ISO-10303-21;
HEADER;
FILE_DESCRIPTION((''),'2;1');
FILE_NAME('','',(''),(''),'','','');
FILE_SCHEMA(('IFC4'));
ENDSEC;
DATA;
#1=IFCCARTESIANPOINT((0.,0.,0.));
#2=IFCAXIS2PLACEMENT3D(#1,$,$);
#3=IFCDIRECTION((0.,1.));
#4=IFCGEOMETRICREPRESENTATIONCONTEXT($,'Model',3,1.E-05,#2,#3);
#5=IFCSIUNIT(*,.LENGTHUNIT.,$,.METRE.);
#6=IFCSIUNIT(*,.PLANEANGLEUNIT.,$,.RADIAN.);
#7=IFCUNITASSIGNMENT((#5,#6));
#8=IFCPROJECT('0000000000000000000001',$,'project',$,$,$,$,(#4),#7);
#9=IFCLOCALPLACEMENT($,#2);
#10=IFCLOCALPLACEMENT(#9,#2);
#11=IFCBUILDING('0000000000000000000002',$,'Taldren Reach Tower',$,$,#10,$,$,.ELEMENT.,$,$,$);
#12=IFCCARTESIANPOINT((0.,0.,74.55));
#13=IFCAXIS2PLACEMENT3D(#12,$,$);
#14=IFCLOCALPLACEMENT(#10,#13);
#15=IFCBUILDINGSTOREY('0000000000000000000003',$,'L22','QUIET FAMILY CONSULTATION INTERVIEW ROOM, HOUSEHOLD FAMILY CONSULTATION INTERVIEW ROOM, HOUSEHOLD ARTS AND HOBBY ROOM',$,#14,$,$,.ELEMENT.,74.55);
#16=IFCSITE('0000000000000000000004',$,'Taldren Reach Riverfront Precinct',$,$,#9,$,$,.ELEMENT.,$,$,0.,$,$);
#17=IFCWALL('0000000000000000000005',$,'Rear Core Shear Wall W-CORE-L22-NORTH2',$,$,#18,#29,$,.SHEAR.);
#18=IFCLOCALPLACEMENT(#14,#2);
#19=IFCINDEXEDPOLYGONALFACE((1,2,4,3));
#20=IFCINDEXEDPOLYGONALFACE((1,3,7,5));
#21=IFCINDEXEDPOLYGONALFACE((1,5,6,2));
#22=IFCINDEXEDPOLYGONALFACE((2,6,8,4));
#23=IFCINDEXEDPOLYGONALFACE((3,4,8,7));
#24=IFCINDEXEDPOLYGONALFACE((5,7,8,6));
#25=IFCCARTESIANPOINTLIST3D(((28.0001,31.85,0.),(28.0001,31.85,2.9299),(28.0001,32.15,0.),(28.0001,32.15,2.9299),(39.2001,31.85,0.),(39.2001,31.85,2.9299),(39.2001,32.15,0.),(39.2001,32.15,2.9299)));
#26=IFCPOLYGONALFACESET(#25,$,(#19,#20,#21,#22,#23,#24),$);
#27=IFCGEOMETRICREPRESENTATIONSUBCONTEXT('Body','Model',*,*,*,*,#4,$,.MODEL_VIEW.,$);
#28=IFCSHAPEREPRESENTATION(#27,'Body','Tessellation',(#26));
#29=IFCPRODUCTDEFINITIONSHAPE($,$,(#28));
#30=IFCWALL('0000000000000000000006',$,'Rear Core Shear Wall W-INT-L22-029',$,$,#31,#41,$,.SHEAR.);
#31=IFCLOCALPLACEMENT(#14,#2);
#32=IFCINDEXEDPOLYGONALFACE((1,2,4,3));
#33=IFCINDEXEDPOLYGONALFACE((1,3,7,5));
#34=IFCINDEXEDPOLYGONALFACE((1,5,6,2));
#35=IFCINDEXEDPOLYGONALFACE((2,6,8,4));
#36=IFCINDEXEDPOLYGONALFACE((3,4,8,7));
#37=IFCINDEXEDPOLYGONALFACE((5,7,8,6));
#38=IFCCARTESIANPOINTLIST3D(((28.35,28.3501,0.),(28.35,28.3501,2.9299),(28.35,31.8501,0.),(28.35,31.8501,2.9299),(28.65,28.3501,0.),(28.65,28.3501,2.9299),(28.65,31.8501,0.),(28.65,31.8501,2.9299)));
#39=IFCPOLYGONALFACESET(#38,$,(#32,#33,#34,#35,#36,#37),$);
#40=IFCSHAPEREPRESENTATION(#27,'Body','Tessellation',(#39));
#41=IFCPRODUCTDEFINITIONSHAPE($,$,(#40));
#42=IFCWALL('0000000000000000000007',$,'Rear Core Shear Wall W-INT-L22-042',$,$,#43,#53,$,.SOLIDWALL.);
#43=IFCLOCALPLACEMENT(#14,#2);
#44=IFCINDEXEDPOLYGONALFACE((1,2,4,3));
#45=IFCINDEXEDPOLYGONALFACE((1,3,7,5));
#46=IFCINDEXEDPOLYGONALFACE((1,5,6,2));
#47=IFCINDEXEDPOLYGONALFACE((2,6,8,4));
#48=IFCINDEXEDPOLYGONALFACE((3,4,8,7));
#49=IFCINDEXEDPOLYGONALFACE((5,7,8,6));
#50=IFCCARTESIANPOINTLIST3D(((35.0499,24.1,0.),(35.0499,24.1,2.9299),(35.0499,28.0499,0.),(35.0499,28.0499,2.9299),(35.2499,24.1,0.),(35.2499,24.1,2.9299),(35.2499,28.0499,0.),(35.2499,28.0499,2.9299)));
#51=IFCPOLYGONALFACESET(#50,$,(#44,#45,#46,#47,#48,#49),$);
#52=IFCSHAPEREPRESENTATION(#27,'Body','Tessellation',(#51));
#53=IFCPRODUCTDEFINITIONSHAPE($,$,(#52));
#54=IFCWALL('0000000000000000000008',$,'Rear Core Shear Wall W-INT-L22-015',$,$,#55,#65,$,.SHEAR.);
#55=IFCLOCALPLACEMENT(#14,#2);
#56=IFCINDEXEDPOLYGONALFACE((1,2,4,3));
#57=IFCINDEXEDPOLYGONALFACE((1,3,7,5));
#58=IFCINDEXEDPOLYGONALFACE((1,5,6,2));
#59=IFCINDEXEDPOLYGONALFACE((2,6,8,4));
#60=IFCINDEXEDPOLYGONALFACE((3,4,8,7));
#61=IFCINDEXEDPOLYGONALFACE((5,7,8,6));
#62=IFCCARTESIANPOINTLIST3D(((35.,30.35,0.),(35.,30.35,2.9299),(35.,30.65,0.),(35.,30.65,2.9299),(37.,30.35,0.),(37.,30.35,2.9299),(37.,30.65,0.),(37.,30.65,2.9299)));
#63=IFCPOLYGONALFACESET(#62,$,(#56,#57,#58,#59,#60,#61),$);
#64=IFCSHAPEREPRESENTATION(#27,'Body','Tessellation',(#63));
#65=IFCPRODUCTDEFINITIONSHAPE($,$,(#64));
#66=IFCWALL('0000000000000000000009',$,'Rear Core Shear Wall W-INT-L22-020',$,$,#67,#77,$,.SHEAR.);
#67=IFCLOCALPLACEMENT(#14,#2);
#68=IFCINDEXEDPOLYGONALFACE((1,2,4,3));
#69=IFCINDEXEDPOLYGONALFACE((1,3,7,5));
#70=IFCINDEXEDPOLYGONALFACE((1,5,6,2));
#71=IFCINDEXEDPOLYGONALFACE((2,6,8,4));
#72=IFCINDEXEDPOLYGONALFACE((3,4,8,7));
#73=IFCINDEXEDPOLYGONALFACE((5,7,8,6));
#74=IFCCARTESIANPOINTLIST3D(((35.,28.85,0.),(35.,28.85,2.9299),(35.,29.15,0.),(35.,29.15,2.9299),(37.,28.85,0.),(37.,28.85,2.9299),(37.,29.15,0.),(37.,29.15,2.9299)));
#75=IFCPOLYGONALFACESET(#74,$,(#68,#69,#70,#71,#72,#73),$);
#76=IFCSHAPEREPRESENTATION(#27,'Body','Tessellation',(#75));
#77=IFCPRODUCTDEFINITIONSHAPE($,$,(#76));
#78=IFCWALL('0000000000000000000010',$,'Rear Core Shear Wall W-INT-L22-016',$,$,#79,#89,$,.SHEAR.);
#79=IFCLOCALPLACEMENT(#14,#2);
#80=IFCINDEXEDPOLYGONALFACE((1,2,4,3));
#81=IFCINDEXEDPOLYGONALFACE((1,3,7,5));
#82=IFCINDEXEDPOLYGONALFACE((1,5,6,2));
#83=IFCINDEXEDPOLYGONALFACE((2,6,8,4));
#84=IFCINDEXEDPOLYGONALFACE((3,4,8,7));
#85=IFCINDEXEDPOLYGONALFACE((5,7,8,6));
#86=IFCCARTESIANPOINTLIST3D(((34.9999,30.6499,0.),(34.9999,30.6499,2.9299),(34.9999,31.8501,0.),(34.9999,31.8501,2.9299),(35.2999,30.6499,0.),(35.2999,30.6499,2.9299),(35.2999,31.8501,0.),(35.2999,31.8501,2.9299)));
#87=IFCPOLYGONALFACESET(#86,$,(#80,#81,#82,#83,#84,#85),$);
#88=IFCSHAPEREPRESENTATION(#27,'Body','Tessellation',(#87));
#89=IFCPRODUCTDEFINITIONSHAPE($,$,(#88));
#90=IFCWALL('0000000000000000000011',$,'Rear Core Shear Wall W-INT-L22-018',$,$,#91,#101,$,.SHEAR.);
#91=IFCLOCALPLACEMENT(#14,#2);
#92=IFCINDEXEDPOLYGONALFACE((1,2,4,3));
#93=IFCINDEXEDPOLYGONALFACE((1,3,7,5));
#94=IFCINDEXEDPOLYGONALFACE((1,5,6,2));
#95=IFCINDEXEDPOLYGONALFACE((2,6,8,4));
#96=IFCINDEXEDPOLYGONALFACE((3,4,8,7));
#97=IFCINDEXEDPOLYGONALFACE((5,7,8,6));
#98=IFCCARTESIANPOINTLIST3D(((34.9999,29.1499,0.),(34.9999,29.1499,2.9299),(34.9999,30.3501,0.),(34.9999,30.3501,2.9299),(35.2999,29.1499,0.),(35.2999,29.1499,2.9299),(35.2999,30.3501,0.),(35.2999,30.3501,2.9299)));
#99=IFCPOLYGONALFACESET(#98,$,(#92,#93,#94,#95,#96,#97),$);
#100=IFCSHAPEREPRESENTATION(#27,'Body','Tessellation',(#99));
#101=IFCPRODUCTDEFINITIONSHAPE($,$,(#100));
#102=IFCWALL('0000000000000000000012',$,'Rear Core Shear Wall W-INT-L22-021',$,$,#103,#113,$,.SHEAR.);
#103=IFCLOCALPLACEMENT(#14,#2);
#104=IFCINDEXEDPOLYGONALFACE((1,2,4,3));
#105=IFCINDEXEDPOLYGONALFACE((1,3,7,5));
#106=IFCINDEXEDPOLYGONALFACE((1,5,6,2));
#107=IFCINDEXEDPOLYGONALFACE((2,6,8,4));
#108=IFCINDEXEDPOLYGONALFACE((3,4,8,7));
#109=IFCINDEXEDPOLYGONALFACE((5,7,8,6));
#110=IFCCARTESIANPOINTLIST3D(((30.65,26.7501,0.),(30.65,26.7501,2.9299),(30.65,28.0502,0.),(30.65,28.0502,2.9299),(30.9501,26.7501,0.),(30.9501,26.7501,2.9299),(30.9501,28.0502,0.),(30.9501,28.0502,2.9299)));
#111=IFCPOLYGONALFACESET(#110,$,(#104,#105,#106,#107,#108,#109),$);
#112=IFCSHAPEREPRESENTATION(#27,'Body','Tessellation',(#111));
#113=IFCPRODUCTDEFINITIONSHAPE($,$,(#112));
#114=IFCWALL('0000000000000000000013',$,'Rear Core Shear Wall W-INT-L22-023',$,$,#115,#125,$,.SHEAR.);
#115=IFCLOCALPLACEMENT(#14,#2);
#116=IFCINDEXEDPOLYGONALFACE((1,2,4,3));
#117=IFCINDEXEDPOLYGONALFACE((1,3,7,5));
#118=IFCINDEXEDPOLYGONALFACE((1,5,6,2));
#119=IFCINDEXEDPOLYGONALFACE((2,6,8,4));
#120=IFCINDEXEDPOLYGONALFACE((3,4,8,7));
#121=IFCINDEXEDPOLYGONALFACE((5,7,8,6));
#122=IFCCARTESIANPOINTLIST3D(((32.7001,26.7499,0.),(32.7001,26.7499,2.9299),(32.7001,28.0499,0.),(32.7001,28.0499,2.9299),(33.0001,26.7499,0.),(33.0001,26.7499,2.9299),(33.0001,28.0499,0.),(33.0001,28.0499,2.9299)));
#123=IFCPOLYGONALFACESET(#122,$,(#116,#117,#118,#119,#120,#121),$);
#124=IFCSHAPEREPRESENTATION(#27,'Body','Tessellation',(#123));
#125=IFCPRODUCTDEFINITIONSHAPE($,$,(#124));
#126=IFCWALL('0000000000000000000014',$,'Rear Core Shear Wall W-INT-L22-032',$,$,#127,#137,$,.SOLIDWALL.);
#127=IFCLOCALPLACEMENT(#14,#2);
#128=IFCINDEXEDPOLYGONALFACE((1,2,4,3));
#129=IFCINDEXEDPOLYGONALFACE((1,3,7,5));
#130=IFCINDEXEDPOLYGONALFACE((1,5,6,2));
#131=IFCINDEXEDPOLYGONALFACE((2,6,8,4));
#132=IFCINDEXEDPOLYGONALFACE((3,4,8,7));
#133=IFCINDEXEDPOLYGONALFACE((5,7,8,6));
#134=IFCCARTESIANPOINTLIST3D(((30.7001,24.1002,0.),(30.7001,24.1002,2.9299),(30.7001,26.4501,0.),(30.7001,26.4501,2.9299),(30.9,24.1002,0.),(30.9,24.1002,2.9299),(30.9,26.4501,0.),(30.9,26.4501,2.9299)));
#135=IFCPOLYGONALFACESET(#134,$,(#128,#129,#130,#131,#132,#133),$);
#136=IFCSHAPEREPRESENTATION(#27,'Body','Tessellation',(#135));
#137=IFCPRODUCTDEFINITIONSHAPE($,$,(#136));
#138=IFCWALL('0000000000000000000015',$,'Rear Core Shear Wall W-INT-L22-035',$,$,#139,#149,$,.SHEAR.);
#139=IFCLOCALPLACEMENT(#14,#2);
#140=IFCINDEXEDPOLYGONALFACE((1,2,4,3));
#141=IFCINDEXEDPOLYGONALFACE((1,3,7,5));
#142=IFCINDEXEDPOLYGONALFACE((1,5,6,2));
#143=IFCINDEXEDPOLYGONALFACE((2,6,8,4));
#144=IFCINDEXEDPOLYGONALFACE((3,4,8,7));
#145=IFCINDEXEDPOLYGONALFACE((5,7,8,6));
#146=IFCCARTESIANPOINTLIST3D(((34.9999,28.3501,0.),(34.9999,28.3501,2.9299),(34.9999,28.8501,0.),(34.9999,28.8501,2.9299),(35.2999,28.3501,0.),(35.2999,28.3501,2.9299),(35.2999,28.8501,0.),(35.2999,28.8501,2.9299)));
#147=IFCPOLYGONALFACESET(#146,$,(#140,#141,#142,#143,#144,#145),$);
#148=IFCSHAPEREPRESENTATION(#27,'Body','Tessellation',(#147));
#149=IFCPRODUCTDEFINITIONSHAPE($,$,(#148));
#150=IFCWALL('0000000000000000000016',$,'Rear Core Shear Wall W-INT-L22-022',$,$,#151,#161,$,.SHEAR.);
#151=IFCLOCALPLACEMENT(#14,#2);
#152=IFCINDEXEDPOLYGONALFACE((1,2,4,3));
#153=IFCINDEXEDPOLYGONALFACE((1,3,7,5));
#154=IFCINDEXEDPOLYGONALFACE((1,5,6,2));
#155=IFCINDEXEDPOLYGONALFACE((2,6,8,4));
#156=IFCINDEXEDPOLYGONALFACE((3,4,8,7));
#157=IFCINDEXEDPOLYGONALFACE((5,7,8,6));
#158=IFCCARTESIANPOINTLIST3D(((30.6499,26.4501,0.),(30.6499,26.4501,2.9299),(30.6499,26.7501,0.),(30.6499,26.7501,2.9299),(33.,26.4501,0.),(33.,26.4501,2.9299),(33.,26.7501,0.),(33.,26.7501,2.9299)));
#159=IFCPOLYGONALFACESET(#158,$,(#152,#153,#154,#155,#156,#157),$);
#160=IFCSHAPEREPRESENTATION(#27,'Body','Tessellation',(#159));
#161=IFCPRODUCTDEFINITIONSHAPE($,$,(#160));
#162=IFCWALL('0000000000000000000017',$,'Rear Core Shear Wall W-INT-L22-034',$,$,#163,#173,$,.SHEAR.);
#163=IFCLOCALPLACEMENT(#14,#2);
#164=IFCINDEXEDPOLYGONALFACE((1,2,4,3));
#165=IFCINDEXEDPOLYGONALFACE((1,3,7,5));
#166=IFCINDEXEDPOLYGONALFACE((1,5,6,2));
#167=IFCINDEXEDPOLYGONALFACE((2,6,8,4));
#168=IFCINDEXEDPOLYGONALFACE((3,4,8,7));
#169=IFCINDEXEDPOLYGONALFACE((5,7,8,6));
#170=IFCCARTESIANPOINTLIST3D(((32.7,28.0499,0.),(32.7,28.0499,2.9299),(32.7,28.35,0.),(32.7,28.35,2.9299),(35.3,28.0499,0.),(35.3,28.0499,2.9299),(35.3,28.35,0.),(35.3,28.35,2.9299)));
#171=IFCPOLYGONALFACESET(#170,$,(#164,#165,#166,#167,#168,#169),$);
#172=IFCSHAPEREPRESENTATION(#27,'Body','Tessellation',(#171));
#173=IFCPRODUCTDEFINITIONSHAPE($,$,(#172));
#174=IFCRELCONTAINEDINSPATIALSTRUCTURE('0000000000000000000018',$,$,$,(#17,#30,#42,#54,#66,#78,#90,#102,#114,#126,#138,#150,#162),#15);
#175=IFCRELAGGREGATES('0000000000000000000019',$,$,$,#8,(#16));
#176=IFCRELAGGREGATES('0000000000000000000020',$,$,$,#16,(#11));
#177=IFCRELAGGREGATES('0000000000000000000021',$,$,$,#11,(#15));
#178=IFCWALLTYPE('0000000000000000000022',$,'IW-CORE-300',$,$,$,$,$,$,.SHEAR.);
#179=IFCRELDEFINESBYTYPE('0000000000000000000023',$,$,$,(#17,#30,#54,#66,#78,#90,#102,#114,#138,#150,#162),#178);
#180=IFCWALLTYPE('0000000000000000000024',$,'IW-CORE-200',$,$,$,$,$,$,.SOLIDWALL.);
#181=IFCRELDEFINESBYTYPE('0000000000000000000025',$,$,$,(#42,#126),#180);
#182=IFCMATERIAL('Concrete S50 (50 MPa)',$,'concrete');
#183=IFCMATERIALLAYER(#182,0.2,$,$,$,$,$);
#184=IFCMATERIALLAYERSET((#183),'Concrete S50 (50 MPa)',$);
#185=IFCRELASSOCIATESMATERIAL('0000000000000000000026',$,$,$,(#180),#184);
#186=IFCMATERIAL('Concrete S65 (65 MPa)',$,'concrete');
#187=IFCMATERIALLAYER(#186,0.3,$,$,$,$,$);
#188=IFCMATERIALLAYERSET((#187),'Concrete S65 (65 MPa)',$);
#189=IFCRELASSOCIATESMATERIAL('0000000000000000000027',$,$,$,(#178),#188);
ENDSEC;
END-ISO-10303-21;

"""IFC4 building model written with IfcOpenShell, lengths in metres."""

from ifc_helpers import new_model, si_unit, direction, frame, frame_2d, origin, place, context, subcontext, project, spatial, rectangle, extrude, source, transform, mapped, material, layer, layer_set, type_object, element, save


model = new_model("IFC4")

# Units and contexts
model_context = context("Model", 3, precision=1e-05, world=origin(), true_north=direction((0.0, 1.0)))
body_context = subcontext(model_context, "Body", "Model", "MODEL_VIEW")
ifc_project = project(units=[si_unit("LENGTHUNIT", "METRE"), si_unit("PLANEANGLEUNIT", "RADIAN")], contexts=[model_context])

# Site, building, storey
site_placement = place(None, origin())
site = spatial("IfcSite", under=ifc_project, at=site_placement, Name="Taldren Reach Riverfront Precinct", CompositionType="ELEMENT", RefElevation=0.0)
building_placement = place(site_placement, origin())
building = spatial("IfcBuilding", under=site, at=building_placement, Name="Taldren Reach Tower", CompositionType="ELEMENT")
storey_placement = place(building_placement, frame((0.0, 0.0, 74.55)))
storey = spatial("IfcBuildingStorey", under=building, at=storey_placement, Name="L22", Description="QUIET FAMILY CONSULTATION INTERVIEW ROOM, HOUSEHOLD FAMILY CONSULTATION INTERVIEW ROOM, HOUSEHOLD ARTS AND HOBBY ROOM", CompositionType="ELEMENT", Elevation=74.55)

# Shared definitions
ifc_material_1 = material(Name="Concrete S50 (50 MPa)", Category="concrete")
ifc_layer_1 = layer(ifc_material_1, 0.2)
ifc_layer_set_1 = layer_set([ifc_layer_1], Name="Concrete S50 (50 MPa)")
wall_type_1 = type_object("IfcWallType", Name="IW-CORE-200", PredefinedType="SOLIDWALL", material=ifc_layer_set_1)

# Walls
ifc_material_2 = material(Name="Concrete S65 (65 MPa)", Category="concrete")
ifc_layer_2 = layer(ifc_material_2, 0.3)
ifc_layer_set_2 = layer_set([ifc_layer_2], Name="Concrete S65 (65 MPa)")
wall_type_2 = type_object("IfcWallType", Name="IW-CORE-300", PredefinedType="SHEAR", material=ifc_layer_set_2)
shared_shape_1 = source(origin(), body_context, "Body", "SweptSolid", [
    extrude(rectangle(XDim=11.2, YDim=0.3, at=frame_2d((5.6001, 0.0))), origin(), (0.0, 0.0, 1.0), 2.9299),
])
wall_1_placement = place(storey_placement, frame((28.0, 32.0, 0.0), z_axis=(0.0, 0.0, 1.0), x_axis=(1.0, 0.0, 0.0)))
element("IfcWall", 1, at=wall_1_placement, inside=storey, type_object=wall_type_2, Name="Rear Core Shear Wall W-CORE-L22-NORTH2", PredefinedType="SHEAR", context=body_context, shape_type="MappedRepresentation", body=[
    mapped(shared_shape_1, transform((0.0, 0.0, 0.0), scale=1.0)),
])
shared_shape_2 = source(origin(), body_context, "Body", "SweptSolid", [
    extrude(rectangle(XDim=3.5, YDim=0.3, at=frame_2d((1.75, 0.0))), origin(), (0.0, 0.0, 1.0), 2.9299),
])
wall_2_placement = place(storey_placement, frame((28.5, 28.3501, 0.0), z_axis=(0.0, 0.0, 1.0), x_axis=(0.0, 1.0, 0.0)))
element("IfcWall", 2, at=wall_2_placement, inside=storey, type_object=wall_type_2, Name="Rear Core Shear Wall W-INT-L22-029", PredefinedType="SHEAR", context=body_context, shape_type="MappedRepresentation", body=[
    mapped(shared_shape_2, transform((0.0, 0.0, 0.0), scale=1.0)),
])
shared_shape_3 = source(origin(), body_context, "Body", "SweptSolid", [
    extrude(rectangle(XDim=3.95, YDim=0.2, at=frame_2d((1.9751, 0.0))), origin(), (0.0, 0.0, 1.0), 2.9299),
])
wall_3_placement = place(storey_placement, frame((35.1499, 28.05, 0.0), z_axis=(0.0, 0.0, 1.0), x_axis=(0.0, -1.0, 0.0)))
element("IfcWall", 3, at=wall_3_placement, inside=storey, type_object=wall_type_1, Name="Rear Core Shear Wall W-INT-L22-042", PredefinedType="SOLIDWALL", context=body_context, shape_type="MappedRepresentation", body=[
    mapped(shared_shape_3, transform((0.0, 0.0, 0.0), scale=1.0)),
])
shared_shape_4 = source(origin(), body_context, "Body", "SweptSolid", [
    extrude(rectangle(XDim=2.0, YDim=0.3, at=frame_2d((1.0, 0.0))), origin(), (0.0, 0.0, 1.0), 2.9299),
])
for number, where, z_axis, x_axis, name in (
    (4, (35.0, 30.5, 0.0), (0.0, 0.0, 1.0), (1.0, 0.0, 0.0), "Rear Core Shear Wall W-INT-L22-015"),
    (5, (35.0, 29.0, 0.0), (0.0, 0.0, 1.0), (1.0, 0.0, 0.0), "Rear Core Shear Wall W-INT-L22-020"),
):
    element("IfcWall", number, at=place(storey_placement, frame(where, z_axis=z_axis, x_axis=x_axis)), inside=storey, type_object=wall_type_2, Name=name, PredefinedType="SHEAR", context=body_context, shape_type="MappedRepresentation", body=[
        mapped(shared_shape_4, transform((0.0, 0.0, 0.0), scale=1.0)),
    ])
shared_shape_5 = source(origin(), body_context, "Body", "SweptSolid", [
    extrude(rectangle(XDim=1.2002, YDim=0.3, at=frame_2d((0.6001, 0.0))), origin(), (0.0, 0.0, 1.0), 2.9299),
])
for number, where, z_axis, x_axis, name in (
    (6, (35.1499, 31.8501, 0.0), (0.0, 0.0, 1.0), (0.0, -1.0, 0.0), "Rear Core Shear Wall W-INT-L22-016"),
    (7, (35.1499, 30.3501, 0.0), (0.0, 0.0, 1.0), (0.0, -1.0, 0.0), "Rear Core Shear Wall W-INT-L22-018"),
):
    element("IfcWall", number, at=place(storey_placement, frame(where, z_axis=z_axis, x_axis=x_axis)), inside=storey, type_object=wall_type_2, Name=name, PredefinedType="SHEAR", context=body_context, shape_type="MappedRepresentation", body=[
        mapped(shared_shape_5, transform((0.0, 0.0, 0.0), scale=1.0)),
    ])
shared_shape_6 = source(origin(), body_context, "Body", "SweptSolid", [
    extrude(rectangle(XDim=1.3, YDim=0.3, at=frame_2d((0.6499, 0.0))), origin(), (0.0, 0.0, 1.0), 2.9299),
])
for number, where, z_axis, x_axis, name in (
    (8, (30.8, 28.05, 0.0), (0.0, 0.0, 1.0), (0.0, -1.0, 0.0), "Rear Core Shear Wall W-INT-L22-021"),
    (9, (32.8501, 26.75, 0.0), (0.0, 0.0, 1.0), (0.0, 1.0, 0.0), "Rear Core Shear Wall W-INT-L22-023"),
):
    element("IfcWall", number, at=place(storey_placement, frame(where, z_axis=z_axis, x_axis=x_axis)), inside=storey, type_object=wall_type_2, Name=name, PredefinedType="SHEAR", context=body_context, shape_type="MappedRepresentation", body=[
        mapped(shared_shape_6, transform((0.0, 0.0, 0.0), scale=1.0)),
    ])

# Walls
shared_shape_7 = source(origin(), body_context, "Body", "SweptSolid", [
    extrude(rectangle(XDim=2.3499, YDim=0.2, at=frame_2d((1.1748, 0.0))), origin(), (0.0, 0.0, 1.0), 2.9299),
])
wall_4_placement = place(storey_placement, frame((30.8, 26.45, 0.0), z_axis=(0.0, 0.0, 1.0), x_axis=(0.0, -1.0, 0.0)))
element("IfcWall", 10, at=wall_4_placement, inside=storey, type_object=wall_type_1, Name="Rear Core Shear Wall W-INT-L22-032", PredefinedType="SOLIDWALL", context=body_context, shape_type="MappedRepresentation", body=[
    mapped(shared_shape_7, transform((0.0, 0.0, 0.0), scale=1.0)),
])
shared_shape_8 = source(origin(), body_context, "Body", "SweptSolid", [
    extrude(rectangle(XDim=0.5, YDim=0.3, at=frame_2d((0.25, 0.0))), origin(), (0.0, 0.0, 1.0), 2.9299),
])
wall_5_placement = place(storey_placement, frame((35.1499, 28.3501, 0.0), z_axis=(0.0, 0.0, 1.0), x_axis=(0.0, 1.0, 0.0)))
element("IfcWall", 11, at=wall_5_placement, inside=storey, type_object=wall_type_2, Name="Rear Core Shear Wall W-INT-L22-035", PredefinedType="SHEAR", context=body_context, shape_type="MappedRepresentation", body=[
    mapped(shared_shape_8, transform((0.0, 0.0, 0.0), scale=1.0)),
])
shared_shape_9 = source(origin(), body_context, "Body", "SweptSolid", [
    extrude(rectangle(XDim=2.3501, YDim=0.3, at=frame_2d((1.175, 0.0))), origin(), (0.0, 0.0, 1.0), 2.9299),
])
wall_6_placement = place(storey_placement, frame((30.6499, 26.6001, 0.0), z_axis=(0.0, 0.0, 1.0), x_axis=(1.0, 0.0, 0.0)))
element("IfcWall", 12, at=wall_6_placement, inside=storey, type_object=wall_type_2, Name="Rear Core Shear Wall W-INT-L22-022", PredefinedType="SHEAR", context=body_context, shape_type="MappedRepresentation", body=[
    mapped(shared_shape_9, transform((0.0, 0.0, 0.0), scale=1.0)),
])
shared_shape_10 = source(origin(), body_context, "Body", "SweptSolid", [
    extrude(rectangle(XDim=2.6001, YDim=0.3, at=frame_2d((1.3, 0.0))), origin(), (0.0, 0.0, 1.0), 2.9299),
])
wall_7_placement = place(storey_placement, frame((32.7, 28.2, 0.0), z_axis=(0.0, 0.0, 1.0), x_axis=(1.0, 0.0, 0.0)))
element("IfcWall", 13, at=wall_7_placement, inside=storey, type_object=wall_type_2, Name="Rear Core Shear Wall W-INT-L22-034", PredefinedType="SHEAR", context=body_context, shape_type="MappedRepresentation", body=[
    mapped(shared_shape_10, transform((0.0, 0.0, 0.0), scale=1.0)),
])

save(model, "model.ifc")
